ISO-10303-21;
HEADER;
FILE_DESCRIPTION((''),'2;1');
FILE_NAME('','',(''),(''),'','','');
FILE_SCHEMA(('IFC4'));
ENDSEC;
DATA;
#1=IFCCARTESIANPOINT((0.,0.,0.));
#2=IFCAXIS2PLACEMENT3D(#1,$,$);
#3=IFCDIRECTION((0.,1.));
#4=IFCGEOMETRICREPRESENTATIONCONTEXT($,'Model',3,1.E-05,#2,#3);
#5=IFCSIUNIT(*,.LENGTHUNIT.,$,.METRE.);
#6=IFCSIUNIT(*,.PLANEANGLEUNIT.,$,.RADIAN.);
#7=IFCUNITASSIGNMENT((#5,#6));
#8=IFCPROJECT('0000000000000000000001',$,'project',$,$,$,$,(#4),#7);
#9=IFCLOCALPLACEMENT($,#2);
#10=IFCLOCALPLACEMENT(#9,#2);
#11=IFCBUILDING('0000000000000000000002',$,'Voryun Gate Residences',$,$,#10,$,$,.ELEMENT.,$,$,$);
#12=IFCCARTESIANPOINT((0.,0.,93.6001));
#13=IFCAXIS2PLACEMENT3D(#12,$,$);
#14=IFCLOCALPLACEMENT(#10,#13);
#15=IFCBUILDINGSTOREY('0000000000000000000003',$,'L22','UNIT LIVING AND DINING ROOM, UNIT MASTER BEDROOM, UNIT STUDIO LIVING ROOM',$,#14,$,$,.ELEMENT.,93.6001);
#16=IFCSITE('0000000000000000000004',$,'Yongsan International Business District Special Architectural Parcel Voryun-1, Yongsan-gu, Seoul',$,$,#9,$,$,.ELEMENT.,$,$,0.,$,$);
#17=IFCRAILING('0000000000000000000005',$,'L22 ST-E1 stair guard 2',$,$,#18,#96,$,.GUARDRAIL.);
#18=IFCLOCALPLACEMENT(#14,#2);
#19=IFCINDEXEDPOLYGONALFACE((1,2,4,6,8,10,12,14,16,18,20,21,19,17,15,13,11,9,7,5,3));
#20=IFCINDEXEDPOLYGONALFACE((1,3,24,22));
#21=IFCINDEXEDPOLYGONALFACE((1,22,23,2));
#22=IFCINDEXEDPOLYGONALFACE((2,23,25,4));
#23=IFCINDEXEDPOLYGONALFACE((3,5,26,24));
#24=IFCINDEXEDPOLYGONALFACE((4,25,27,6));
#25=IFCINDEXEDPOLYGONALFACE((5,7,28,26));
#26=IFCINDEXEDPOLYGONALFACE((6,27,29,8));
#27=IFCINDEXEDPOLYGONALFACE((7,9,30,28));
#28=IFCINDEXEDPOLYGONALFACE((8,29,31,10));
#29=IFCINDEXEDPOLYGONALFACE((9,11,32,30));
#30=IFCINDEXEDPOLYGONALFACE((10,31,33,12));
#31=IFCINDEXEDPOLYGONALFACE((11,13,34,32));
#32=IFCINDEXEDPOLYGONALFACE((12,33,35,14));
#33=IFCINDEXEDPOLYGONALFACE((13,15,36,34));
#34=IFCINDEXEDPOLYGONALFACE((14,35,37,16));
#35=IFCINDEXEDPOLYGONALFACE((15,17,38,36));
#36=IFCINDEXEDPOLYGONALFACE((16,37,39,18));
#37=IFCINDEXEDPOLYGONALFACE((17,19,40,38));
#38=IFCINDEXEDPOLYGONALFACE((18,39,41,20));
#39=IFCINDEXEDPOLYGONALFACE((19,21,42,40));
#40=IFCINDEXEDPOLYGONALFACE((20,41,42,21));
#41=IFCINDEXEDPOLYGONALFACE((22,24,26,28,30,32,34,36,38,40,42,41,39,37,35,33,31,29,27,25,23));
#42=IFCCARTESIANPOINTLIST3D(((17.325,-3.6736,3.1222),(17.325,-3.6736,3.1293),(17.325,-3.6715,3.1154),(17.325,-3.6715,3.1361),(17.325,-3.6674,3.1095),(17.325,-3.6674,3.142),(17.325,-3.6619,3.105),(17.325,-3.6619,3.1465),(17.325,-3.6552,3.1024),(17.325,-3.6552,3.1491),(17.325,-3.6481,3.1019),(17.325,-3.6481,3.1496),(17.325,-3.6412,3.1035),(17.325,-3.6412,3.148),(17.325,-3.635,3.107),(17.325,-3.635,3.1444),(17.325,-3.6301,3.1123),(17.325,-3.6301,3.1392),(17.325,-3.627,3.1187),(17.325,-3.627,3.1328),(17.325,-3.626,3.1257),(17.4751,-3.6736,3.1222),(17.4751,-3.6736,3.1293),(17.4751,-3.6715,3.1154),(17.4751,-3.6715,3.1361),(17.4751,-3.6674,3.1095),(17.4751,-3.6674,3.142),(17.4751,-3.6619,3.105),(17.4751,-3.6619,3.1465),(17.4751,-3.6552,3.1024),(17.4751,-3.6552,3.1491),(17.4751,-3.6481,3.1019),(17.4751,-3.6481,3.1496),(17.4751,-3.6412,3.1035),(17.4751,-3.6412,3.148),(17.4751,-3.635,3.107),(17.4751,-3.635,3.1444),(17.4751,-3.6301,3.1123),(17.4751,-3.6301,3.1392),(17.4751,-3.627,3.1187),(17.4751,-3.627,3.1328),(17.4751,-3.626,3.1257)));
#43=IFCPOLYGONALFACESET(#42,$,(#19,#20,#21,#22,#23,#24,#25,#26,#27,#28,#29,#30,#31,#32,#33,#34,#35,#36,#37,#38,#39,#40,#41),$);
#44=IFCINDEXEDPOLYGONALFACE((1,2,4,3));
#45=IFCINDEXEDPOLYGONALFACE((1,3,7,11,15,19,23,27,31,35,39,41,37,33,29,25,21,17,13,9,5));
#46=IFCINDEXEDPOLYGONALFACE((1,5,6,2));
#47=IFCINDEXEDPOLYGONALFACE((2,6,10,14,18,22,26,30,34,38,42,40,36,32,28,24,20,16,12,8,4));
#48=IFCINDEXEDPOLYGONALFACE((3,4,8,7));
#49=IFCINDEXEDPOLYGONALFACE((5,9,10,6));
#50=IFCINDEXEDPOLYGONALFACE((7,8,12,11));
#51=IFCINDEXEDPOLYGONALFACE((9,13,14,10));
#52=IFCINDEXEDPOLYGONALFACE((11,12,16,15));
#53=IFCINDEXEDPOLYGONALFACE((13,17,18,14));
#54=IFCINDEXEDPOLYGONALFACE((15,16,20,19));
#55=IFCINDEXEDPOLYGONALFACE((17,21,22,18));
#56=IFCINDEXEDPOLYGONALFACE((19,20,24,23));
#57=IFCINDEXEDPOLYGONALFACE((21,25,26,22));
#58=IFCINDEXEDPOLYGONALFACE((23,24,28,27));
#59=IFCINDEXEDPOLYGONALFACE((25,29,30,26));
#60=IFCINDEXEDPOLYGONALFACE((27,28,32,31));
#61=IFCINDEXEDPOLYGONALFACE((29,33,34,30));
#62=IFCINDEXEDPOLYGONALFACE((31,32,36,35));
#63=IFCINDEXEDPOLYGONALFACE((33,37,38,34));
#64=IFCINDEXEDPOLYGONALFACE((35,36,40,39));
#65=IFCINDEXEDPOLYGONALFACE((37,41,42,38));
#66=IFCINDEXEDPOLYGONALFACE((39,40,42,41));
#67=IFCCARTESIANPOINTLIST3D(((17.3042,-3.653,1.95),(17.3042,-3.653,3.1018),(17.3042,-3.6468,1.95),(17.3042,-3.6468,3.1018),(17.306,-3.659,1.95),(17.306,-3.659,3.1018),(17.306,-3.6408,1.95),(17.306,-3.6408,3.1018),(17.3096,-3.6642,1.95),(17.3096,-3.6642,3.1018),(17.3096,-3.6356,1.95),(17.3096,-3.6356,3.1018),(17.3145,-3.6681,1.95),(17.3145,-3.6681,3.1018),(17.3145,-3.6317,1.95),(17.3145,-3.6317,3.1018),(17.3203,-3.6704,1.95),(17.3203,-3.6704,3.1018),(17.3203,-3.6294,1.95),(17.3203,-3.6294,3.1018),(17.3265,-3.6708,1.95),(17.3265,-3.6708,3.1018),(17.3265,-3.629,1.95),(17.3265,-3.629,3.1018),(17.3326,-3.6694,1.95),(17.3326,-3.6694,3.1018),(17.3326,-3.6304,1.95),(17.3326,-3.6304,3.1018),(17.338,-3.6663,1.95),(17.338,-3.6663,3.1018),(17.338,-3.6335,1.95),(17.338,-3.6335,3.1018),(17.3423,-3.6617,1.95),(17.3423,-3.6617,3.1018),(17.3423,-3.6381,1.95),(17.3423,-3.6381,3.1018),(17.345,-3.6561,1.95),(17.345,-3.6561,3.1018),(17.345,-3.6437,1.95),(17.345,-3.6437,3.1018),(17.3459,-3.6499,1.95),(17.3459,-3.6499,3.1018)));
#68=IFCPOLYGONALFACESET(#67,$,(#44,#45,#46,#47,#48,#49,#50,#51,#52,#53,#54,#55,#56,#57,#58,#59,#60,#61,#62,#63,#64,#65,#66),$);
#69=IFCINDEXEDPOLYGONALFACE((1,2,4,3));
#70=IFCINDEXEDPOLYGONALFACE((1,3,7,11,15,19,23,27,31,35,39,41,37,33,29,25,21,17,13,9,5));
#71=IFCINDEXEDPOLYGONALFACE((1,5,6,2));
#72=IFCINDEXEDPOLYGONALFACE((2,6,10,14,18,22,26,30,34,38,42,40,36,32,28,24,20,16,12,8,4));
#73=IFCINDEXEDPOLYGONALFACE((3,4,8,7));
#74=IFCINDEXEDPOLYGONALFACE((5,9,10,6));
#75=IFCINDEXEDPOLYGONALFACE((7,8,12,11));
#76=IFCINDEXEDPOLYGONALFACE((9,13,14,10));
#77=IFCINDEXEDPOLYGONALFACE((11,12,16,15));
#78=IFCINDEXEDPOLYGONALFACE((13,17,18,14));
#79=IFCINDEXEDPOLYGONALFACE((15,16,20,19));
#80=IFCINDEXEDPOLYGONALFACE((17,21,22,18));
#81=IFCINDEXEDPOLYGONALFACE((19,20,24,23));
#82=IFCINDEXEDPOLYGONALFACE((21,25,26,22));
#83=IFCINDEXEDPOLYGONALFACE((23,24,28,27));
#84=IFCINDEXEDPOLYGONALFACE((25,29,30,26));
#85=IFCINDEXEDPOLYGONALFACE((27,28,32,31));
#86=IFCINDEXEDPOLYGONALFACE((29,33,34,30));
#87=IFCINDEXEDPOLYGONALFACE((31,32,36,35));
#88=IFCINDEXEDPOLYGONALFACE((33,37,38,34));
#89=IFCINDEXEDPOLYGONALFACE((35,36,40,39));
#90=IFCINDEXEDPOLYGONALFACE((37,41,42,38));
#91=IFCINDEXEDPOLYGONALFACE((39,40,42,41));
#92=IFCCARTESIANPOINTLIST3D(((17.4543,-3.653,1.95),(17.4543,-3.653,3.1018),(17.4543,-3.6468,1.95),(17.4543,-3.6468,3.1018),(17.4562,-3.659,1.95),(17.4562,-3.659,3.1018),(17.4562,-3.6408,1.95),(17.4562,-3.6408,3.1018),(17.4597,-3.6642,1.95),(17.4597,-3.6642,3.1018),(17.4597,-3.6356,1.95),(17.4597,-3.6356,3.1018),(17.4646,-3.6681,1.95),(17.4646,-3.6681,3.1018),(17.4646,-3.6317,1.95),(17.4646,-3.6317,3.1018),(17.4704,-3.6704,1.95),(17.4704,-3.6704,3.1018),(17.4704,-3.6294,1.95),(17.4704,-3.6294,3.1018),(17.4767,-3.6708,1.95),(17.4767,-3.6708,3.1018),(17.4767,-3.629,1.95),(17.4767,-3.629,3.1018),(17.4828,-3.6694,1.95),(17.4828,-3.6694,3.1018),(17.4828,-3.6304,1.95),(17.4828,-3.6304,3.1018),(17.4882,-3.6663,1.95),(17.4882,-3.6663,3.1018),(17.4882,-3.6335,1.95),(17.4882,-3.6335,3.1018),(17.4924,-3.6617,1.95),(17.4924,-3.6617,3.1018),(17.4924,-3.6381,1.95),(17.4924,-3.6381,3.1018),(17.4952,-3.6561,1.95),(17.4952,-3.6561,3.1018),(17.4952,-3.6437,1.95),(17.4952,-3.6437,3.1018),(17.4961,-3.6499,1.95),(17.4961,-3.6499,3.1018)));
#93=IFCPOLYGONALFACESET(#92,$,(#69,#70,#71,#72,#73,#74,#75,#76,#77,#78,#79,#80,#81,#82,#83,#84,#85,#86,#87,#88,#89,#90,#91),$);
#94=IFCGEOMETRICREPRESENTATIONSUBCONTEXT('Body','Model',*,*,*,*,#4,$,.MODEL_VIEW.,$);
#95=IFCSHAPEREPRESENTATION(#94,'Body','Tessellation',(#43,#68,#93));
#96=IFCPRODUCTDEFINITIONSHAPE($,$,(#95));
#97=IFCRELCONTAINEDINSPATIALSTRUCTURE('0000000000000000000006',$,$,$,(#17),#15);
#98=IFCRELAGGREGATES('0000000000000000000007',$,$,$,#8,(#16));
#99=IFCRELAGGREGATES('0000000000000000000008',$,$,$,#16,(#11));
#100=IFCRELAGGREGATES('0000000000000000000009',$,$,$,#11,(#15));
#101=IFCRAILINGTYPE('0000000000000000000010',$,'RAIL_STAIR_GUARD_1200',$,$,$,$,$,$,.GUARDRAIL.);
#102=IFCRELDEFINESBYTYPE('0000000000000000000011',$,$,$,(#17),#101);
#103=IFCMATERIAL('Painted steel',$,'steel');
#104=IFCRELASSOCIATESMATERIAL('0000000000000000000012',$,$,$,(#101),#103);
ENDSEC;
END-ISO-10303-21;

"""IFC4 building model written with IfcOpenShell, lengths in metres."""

from ifc_helpers import new_model, si_unit, direction, frame, origin, origin_2d, place, context, subcontext, project, spatial, circle, extrude, material, type_object, element, save


model = new_model("IFC4")

# Units and contexts
model_context = context("Model", 3, precision=1e-05, world=origin(), true_north=direction((0.0, 1.0)))
body_context = subcontext(model_context, "Body", "Model", "MODEL_VIEW")
ifc_project = project(units=[si_unit("LENGTHUNIT", "METRE"), si_unit("PLANEANGLEUNIT", "RADIAN")], contexts=[model_context])

# Site, building, storey
site_placement = place(None, origin())
site = spatial("IfcSite", under=ifc_project, at=site_placement, Name="Yongsan International Business District Special Architectural Parcel Voryun-1, Yongsan-gu, Seoul", CompositionType="ELEMENT", RefElevation=0.0)
building_placement = place(site_placement, origin())
building = spatial("IfcBuilding", under=site, at=building_placement, Name="Voryun Gate Residences", CompositionType="ELEMENT")
storey_placement = place(building_placement, frame((0.0, 0.0, 93.6001)))
storey = spatial("IfcBuildingStorey", under=building, at=storey_placement, Name="L22", Description="UNIT LIVING AND DINING ROOM, UNIT MASTER BEDROOM, UNIT STUDIO LIVING ROOM", CompositionType="ELEMENT", Elevation=93.6001)

# Railing
ifc_material_1 = material(Name="Painted steel", Category="steel")
railing_type_1 = type_object("IfcRailingType", Name="RAIL_STAIR_GUARD_1200", PredefinedType="GUARDRAIL", material=ifc_material_1)
railing_1_placement = place(storey_placement, frame((17.325, -3.6499, 1.95)))
element("IfcRailing", 1, at=railing_1_placement, inside=storey, type_object=railing_type_1, Name="L22 ST-E1 stair guard 2", PredefinedType="GUARDRAIL", context=body_context, shape_type="SweptSolid", body=[
    extrude(circle(Radius=0.0239, at=origin_2d()), frame((0.0, 0.0, 1.1758), z_axis=(1.0, 0.0, 0.0), x_axis=(0.0, 1.0, 0.0)), (0.0, 0.0, 1.0), 0.1501),
    extrude(circle(Radius=0.021, at=origin_2d()), origin(), (0.0, 0.0, 1.0), 1.1519),
    extrude(circle(Radius=0.021, at=origin_2d()), frame((0.1501, 0.0, 0.0)), (0.0, 0.0, 1.0), 1.1519),
])

save(model, "model.ifc")
